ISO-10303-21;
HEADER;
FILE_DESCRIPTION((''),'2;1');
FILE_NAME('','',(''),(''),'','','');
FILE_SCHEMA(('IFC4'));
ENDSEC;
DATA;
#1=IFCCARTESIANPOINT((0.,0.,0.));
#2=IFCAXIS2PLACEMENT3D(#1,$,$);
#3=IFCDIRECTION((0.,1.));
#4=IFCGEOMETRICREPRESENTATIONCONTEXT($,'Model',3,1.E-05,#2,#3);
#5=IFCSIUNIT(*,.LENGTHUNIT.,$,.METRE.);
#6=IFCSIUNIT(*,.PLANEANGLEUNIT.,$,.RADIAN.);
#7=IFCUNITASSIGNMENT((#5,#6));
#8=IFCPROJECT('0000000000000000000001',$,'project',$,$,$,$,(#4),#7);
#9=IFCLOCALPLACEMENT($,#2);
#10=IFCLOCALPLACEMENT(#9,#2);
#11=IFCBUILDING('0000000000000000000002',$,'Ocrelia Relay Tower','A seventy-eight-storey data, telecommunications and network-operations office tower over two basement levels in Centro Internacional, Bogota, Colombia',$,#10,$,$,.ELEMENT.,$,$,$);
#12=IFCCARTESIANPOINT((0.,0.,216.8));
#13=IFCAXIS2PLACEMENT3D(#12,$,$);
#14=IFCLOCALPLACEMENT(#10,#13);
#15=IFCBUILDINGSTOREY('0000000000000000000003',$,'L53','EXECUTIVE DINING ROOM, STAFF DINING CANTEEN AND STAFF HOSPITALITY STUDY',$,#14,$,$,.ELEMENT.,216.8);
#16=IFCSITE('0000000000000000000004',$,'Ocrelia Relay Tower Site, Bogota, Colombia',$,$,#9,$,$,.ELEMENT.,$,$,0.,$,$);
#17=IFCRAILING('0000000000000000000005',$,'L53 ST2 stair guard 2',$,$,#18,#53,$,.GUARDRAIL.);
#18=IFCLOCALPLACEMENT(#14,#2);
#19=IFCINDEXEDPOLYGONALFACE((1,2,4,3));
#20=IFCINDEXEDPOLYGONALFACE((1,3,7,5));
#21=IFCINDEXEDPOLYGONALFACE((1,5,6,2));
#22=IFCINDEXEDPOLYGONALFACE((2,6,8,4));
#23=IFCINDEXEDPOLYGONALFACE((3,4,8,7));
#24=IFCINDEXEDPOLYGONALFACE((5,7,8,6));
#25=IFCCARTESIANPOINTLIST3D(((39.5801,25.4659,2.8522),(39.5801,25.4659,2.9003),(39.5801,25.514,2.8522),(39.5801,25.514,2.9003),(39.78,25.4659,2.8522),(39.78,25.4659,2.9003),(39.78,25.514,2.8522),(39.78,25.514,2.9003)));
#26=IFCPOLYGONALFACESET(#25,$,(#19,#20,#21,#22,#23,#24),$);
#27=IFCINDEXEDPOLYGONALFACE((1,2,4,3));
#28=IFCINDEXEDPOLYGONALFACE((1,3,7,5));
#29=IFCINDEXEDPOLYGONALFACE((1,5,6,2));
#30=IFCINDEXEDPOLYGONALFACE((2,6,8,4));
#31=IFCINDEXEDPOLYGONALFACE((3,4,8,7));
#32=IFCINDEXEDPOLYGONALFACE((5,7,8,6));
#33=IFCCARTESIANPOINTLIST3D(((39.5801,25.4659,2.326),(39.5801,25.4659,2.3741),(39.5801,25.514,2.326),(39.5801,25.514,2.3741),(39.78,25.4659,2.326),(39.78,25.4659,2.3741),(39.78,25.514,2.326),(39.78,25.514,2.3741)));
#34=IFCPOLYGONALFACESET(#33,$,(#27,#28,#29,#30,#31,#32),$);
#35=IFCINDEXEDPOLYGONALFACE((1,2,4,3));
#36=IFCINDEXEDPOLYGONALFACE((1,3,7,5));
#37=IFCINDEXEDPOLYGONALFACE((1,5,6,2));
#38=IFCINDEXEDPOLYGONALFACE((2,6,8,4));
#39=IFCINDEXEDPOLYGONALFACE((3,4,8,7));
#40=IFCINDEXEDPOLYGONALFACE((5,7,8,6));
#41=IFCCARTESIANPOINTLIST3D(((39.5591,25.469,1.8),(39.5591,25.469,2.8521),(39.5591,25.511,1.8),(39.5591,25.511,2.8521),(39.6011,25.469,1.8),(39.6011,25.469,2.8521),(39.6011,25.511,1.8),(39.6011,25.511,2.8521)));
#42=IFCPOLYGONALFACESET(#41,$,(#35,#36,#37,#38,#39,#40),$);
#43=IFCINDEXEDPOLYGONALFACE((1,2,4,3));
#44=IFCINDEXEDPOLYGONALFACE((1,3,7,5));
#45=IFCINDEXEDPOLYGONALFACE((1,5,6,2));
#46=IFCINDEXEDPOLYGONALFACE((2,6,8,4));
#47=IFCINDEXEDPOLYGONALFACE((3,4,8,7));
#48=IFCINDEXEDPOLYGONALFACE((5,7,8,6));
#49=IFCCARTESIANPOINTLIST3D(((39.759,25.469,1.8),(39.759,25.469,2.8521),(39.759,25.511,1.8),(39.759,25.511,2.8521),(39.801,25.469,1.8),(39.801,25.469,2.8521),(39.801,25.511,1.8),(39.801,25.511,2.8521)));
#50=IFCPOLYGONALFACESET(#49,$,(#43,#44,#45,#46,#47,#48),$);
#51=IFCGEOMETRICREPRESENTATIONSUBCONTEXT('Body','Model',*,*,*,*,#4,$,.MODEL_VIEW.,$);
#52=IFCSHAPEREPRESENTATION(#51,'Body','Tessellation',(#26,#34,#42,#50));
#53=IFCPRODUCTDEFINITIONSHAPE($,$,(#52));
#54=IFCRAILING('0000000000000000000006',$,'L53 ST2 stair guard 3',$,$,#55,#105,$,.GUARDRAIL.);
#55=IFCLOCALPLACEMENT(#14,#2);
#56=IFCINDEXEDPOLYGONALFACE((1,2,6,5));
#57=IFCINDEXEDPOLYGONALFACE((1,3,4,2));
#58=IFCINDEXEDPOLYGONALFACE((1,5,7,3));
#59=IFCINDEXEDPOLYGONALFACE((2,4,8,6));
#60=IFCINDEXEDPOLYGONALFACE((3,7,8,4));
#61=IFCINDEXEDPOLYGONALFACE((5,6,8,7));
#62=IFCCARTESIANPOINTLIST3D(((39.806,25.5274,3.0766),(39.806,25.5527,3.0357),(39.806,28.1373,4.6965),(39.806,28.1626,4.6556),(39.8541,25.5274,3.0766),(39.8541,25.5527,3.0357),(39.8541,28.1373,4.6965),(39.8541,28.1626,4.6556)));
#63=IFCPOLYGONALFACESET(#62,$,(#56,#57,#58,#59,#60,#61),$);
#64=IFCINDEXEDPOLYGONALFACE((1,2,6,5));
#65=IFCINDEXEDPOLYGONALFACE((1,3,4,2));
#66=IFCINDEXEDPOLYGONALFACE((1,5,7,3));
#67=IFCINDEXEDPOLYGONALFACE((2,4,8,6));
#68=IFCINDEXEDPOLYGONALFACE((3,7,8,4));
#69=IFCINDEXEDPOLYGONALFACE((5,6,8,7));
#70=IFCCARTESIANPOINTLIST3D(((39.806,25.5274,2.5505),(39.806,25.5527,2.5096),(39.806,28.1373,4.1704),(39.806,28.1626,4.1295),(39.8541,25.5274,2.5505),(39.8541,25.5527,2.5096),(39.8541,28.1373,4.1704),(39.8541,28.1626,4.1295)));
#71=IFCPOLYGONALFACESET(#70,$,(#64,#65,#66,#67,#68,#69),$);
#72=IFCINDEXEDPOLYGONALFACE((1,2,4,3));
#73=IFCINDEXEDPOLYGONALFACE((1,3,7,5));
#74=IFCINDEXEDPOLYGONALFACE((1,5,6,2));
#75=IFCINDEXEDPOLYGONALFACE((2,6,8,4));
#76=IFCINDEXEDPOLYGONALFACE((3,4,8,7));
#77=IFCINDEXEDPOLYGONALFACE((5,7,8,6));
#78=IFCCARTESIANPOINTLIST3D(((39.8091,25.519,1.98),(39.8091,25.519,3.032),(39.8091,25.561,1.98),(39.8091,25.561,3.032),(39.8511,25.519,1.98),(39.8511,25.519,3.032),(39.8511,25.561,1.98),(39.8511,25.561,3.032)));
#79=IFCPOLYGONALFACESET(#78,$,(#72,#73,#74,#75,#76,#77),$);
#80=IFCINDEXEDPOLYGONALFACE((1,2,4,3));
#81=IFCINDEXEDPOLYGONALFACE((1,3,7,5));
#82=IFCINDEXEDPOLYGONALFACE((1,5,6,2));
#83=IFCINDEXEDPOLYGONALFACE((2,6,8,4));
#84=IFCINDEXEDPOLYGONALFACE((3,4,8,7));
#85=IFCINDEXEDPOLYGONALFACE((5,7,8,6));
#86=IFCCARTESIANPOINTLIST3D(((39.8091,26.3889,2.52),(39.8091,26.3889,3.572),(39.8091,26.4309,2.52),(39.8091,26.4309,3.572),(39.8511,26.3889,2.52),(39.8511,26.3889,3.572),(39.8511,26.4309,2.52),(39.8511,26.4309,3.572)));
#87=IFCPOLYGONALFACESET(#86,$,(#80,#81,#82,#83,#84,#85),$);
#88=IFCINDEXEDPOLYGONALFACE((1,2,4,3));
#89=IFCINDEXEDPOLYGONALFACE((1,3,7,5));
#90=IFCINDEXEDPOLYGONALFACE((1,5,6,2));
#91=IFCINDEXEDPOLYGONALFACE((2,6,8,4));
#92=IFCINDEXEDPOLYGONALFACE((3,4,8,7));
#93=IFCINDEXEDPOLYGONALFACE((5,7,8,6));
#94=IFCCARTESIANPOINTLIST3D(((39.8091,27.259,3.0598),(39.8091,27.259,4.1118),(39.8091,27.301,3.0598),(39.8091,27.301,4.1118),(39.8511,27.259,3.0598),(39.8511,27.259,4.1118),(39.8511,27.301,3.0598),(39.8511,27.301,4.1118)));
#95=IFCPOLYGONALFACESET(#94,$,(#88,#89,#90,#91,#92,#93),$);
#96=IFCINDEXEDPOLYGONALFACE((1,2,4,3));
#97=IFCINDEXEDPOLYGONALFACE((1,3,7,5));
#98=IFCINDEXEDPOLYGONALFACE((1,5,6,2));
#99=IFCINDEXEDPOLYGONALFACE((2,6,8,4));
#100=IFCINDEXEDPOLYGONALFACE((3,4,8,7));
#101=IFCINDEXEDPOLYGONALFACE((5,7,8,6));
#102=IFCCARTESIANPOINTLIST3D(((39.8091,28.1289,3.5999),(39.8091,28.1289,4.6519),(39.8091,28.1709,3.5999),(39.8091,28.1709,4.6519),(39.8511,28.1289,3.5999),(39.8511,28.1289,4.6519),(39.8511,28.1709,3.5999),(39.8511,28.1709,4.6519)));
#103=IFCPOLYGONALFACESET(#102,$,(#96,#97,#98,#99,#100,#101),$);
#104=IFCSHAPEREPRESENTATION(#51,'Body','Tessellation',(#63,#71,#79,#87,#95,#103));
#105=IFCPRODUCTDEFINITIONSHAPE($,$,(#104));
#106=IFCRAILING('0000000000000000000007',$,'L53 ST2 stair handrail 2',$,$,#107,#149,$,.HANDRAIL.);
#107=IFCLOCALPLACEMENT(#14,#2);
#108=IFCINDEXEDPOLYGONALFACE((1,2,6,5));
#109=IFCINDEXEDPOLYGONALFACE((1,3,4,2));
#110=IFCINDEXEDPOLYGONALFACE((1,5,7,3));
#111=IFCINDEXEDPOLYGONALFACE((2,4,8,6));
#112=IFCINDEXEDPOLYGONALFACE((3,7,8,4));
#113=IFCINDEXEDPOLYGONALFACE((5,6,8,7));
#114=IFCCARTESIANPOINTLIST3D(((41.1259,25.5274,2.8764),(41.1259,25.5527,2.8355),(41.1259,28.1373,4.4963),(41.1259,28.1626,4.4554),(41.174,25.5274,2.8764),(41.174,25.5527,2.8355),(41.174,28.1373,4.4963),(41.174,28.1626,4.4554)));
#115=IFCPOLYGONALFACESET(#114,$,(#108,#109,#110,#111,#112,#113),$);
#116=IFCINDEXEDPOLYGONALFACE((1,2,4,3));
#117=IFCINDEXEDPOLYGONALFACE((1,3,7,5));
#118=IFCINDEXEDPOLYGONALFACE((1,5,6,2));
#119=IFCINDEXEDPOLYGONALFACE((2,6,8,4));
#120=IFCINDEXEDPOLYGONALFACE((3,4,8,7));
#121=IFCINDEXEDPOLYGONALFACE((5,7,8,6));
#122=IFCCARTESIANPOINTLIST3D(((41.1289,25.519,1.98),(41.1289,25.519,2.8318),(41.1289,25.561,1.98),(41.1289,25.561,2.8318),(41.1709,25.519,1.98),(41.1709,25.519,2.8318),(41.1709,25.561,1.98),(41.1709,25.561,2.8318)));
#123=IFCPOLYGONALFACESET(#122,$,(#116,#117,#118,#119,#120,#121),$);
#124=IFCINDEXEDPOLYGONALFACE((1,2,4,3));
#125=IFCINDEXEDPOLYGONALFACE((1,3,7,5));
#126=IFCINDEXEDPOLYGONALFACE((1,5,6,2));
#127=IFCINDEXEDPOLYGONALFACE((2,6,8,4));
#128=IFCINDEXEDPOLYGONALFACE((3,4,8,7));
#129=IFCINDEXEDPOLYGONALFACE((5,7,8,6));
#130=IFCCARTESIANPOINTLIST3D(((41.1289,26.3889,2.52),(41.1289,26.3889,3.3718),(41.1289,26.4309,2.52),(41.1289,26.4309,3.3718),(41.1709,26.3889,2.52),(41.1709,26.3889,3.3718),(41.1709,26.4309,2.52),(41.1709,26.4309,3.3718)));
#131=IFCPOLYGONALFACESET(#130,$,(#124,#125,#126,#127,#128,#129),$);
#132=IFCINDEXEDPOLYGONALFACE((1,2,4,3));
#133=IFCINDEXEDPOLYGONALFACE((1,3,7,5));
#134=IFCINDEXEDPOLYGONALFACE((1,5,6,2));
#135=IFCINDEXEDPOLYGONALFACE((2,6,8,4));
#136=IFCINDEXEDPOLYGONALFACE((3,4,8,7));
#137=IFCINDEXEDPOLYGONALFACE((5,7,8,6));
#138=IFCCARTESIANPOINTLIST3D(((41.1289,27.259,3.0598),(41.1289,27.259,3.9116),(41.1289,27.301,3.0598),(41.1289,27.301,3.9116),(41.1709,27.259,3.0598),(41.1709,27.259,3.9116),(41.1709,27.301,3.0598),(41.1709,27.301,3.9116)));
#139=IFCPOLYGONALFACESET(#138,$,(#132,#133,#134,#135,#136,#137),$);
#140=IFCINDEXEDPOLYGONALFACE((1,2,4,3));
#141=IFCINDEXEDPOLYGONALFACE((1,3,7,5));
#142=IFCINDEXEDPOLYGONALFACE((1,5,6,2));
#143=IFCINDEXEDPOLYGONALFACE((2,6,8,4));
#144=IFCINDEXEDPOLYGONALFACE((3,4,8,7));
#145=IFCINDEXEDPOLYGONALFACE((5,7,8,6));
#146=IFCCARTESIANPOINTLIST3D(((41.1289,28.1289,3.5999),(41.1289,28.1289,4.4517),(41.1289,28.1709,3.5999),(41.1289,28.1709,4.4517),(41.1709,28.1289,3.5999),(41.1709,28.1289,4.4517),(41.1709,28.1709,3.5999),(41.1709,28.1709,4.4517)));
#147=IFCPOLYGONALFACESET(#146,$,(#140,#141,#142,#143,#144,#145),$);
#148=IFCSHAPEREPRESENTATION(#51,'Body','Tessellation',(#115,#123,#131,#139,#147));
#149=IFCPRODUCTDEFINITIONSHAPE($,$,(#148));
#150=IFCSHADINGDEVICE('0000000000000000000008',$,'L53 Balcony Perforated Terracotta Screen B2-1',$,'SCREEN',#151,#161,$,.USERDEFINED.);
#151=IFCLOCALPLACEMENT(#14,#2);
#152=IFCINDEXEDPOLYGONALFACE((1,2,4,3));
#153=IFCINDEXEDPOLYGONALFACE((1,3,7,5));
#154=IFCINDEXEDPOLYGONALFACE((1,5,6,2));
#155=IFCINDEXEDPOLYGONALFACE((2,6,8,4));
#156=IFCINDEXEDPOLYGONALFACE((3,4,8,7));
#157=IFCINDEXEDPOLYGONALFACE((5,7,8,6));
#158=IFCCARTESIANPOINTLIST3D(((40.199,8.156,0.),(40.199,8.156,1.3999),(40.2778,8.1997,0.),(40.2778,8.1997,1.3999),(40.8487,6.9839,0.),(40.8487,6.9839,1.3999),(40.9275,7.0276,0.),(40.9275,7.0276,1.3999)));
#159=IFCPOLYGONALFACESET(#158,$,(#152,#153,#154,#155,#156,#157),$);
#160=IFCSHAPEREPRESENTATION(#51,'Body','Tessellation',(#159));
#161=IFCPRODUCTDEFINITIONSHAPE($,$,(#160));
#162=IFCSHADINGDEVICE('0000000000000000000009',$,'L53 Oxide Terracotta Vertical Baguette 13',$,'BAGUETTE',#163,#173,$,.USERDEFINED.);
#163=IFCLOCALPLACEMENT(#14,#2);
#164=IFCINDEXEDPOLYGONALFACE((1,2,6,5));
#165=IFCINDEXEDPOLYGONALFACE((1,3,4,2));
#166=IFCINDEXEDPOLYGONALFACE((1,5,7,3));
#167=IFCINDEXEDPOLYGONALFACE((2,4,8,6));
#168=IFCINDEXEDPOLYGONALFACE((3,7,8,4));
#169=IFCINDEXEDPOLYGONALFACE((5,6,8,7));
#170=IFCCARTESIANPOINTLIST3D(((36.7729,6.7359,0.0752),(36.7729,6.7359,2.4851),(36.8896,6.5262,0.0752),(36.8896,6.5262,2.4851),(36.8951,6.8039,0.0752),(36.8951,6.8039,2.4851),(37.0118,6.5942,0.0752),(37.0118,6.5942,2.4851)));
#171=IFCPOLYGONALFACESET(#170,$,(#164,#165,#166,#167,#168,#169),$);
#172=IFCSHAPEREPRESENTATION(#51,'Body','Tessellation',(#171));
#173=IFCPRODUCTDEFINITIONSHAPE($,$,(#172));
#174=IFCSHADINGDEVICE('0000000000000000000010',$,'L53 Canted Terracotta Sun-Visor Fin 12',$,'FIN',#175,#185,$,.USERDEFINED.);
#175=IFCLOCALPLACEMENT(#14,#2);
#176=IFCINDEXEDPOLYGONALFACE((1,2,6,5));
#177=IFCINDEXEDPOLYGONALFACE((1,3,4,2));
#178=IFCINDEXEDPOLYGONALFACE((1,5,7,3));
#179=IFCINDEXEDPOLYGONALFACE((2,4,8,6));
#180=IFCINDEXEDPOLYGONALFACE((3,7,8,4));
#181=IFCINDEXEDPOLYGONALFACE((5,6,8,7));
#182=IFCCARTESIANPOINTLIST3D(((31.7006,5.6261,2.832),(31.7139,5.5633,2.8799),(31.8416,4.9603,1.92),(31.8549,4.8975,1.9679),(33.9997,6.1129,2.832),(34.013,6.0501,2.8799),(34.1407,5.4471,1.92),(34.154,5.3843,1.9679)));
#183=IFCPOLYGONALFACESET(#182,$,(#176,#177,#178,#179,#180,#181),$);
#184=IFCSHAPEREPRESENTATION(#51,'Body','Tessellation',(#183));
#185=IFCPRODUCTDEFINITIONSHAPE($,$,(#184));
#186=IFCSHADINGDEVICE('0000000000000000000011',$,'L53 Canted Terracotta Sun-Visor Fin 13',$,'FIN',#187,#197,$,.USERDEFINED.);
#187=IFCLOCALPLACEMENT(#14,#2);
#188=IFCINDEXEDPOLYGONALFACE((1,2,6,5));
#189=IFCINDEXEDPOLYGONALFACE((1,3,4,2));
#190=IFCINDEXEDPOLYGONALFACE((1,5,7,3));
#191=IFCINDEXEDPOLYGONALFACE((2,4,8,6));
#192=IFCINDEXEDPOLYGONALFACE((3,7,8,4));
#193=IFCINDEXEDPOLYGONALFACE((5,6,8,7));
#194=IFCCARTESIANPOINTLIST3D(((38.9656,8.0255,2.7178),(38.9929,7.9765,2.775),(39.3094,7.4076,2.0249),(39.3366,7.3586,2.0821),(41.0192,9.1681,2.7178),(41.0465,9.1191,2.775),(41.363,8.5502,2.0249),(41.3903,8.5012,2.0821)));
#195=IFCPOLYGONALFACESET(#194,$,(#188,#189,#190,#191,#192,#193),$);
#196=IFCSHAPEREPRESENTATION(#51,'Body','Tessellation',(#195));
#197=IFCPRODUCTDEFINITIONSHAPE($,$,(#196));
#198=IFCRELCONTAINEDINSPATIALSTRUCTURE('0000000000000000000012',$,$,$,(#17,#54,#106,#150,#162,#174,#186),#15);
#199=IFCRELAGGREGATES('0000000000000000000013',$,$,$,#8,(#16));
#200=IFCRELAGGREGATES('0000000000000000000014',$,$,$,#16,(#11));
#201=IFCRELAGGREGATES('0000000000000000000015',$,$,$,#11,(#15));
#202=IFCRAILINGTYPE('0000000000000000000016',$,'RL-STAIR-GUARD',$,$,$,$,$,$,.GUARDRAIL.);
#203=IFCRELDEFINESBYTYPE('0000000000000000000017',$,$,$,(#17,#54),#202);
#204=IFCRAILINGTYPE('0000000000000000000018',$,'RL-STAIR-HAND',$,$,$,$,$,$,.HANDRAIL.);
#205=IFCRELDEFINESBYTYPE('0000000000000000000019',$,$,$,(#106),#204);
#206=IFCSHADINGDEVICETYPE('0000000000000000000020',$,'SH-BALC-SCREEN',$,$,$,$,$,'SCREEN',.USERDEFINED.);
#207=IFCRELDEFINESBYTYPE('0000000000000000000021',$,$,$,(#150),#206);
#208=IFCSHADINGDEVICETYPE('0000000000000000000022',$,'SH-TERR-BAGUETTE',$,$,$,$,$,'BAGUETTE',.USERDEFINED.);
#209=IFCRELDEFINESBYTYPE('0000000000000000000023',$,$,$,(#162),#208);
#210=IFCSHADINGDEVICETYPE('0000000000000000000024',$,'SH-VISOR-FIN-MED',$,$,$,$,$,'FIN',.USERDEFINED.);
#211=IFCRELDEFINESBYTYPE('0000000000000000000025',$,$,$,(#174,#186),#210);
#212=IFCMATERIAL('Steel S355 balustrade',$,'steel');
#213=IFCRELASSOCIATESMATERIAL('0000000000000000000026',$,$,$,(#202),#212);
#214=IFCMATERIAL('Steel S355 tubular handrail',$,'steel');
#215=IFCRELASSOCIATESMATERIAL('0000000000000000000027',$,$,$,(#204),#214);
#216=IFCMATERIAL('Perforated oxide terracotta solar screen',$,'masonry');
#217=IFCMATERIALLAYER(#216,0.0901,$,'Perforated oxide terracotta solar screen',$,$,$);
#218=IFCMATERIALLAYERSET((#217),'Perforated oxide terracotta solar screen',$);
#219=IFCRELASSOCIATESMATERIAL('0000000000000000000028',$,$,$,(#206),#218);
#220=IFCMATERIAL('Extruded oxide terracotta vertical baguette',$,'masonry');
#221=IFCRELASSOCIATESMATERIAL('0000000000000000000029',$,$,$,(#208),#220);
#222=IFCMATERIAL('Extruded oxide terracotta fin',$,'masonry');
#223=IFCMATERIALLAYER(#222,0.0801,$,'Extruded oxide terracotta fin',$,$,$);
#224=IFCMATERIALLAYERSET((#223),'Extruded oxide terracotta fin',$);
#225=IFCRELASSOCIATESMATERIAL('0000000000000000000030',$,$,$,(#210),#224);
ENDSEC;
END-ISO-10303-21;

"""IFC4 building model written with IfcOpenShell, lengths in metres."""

from ifc_helpers import new_model, si_unit, direction, frame, origin, origin_2d, place, context, subcontext, project, spatial, rectangle, extrude, material, layer, layer_set, type_object, element, save


model = new_model("IFC4")

# Units and contexts
model_context = context("Model", 3, precision=1e-05, world=origin(), true_north=direction((0.0, 1.0)))
body_context = subcontext(model_context, "Body", "Model", "MODEL_VIEW")
ifc_project = project(units=[si_unit("LENGTHUNIT", "METRE"), si_unit("PLANEANGLEUNIT", "RADIAN")], contexts=[model_context])

# Site, building, storey
site_placement = place(None, origin())
site = spatial("IfcSite", under=ifc_project, at=site_placement, Name="Ocrelia Relay Tower Site, Bogota, Colombia", CompositionType="ELEMENT", RefElevation=0.0)
building_placement = place(site_placement, origin())
building = spatial("IfcBuilding", under=site, at=building_placement, Name="Ocrelia Relay Tower", Description="A seventy-eight-storey data, telecommunications and network-operations office tower over two basement levels in Centro Internacional, Bogota, Colombia", CompositionType="ELEMENT")
storey_placement = place(building_placement, frame((0.0, 0.0, 216.8)))
storey = spatial("IfcBuildingStorey", under=building, at=storey_placement, Name="L53", Description="EXECUTIVE DINING ROOM, STAFF DINING CANTEEN AND STAFF HOSPITALITY STUDY", CompositionType="ELEMENT", Elevation=216.8)

# Railings
ifc_material_1 = material(Name="Steel S355 balustrade", Category="steel")
railing_type_1 = type_object("IfcRailingType", Name="RL-STAIR-GUARD", PredefinedType="GUARDRAIL", material=ifc_material_1)
railing_1_placement = place(storey_placement, frame((39.5801, 25.49, 1.8)))
element("IfcRailing", 1, at=railing_1_placement, inside=storey, type_object=railing_type_1, Name="L53 ST2 stair guard 2", PredefinedType="GUARDRAIL", context=body_context, shape_type="SweptSolid", body=[
    extrude(rectangle(XDim=0.0481, YDim=0.0481, at=origin_2d()), frame((0.0, 0.0, 1.0762), z_axis=(1.0, 0.0, 0.0), x_axis=(0.0, 1.0, 0.0)), (0.0, 0.0, 1.0), 0.2),
    extrude(rectangle(XDim=0.0481, YDim=0.0481, at=origin_2d()), frame((0.0, 0.0, 0.55), z_axis=(1.0, 0.0, 0.0), x_axis=(0.0, 1.0, 0.0)), (0.0, 0.0, 1.0), 0.2),
    extrude(rectangle(XDim=0.042, YDim=0.042, at=origin_2d()), origin(), (0.0, 0.0, 1.0), 1.052),
    extrude(rectangle(XDim=0.042, YDim=0.042, at=origin_2d()), frame((0.2, 0.0, 0.0)), (0.0, 0.0, 1.0), 1.052),
])
railing_2_placement = place(storey_placement, frame((39.8301, 25.54, 1.98)))
element("IfcRailing", 2, at=railing_2_placement, inside=storey, type_object=railing_type_1, Name="L53 ST2 stair guard 3", PredefinedType="GUARDRAIL", context=body_context, shape_type="SweptSolid", body=[
    extrude(rectangle(XDim=0.0481, YDim=0.0481, at=origin_2d()), frame((0.0, 0.0, 1.0762), z_axis=(0.0, 0.849646, 0.527353), x_axis=(-1.0, 0.0, 0.0)), (0.0, 0.0, 1.0), 3.0718),
    extrude(rectangle(XDim=0.0481, YDim=0.0481, at=origin_2d()), frame((0.0, 0.0, 0.55), z_axis=(0.0, 0.849646, 0.527353), x_axis=(-1.0, 0.0, 0.0)), (0.0, 0.0, 1.0), 3.0718),
    extrude(rectangle(XDim=0.042, YDim=0.042, at=origin_2d()), origin(), (0.0, 0.0, 1.0), 1.052),
    extrude(rectangle(XDim=0.042, YDim=0.042, at=origin_2d()), frame((0.0, 0.8699, 0.54)), (0.0, 0.0, 1.0), 1.052),
    extrude(rectangle(XDim=0.042, YDim=0.042, at=origin_2d()), frame((0.0, 1.74, 1.0798)), (0.0, 0.0, 1.0), 1.052),
    extrude(rectangle(XDim=0.042, YDim=0.042, at=origin_2d()), frame((0.0, 2.6099, 1.6199)), (0.0, 0.0, 1.0), 1.052),
])
ifc_material_2 = material(Name="Steel S355 tubular handrail", Category="steel")
railing_type_2 = type_object("IfcRailingType", Name="RL-STAIR-HAND", PredefinedType="HANDRAIL", material=ifc_material_2)
railing_3_placement = place(storey_placement, frame((41.1499, 25.54, 1.98)))
element("IfcRailing", 3, at=railing_3_placement, inside=storey, type_object=railing_type_2, Name="L53 ST2 stair handrail 2", PredefinedType="HANDRAIL", context=body_context, shape_type="SweptSolid", body=[
    extrude(rectangle(XDim=0.0481, YDim=0.0481, at=origin_2d()), frame((0.0, 0.0, 0.876), z_axis=(0.0, 0.849646, 0.527353), x_axis=(-1.0, 0.0, 0.0)), (0.0, 0.0, 1.0), 3.0718),
    extrude(rectangle(XDim=0.042, YDim=0.042, at=origin_2d()), origin(), (0.0, 0.0, 1.0), 0.8518),
    extrude(rectangle(XDim=0.042, YDim=0.042, at=origin_2d()), frame((0.0, 0.8699, 0.54)), (0.0, 0.0, 1.0), 0.8518),
    extrude(rectangle(XDim=0.042, YDim=0.042, at=origin_2d()), frame((0.0, 1.74, 1.0798)), (0.0, 0.0, 1.0), 0.8518),
    extrude(rectangle(XDim=0.042, YDim=0.042, at=origin_2d()), frame((0.0, 2.6099, 1.6199)), (0.0, 0.0, 1.0), 0.8518),
])

# Shading devices
ifc_material_3 = material(Name="Perforated oxide terracotta solar screen", Category="masonry")
ifc_layer_1 = layer(ifc_material_3, 0.0901, Name="Perforated oxide terracotta solar screen")
ifc_layer_set_1 = layer_set([ifc_layer_1], Name="Perforated oxide terracotta solar screen")
shading_device_type_1 = type_object("IfcShadingDeviceType", Name="SH-BALC-SCREEN", ElementType="SCREEN", PredefinedType="USERDEFINED", material=ifc_layer_set_1)
shading_device_1_placement = place(storey_placement, frame((40.5632, 7.5918, 0.0), z_axis=(0.0, 0.0, 1.0), x_axis=(0.484845, -0.8746, 0.0)))
element("IfcShadingDevice", 4, at=shading_device_1_placement, inside=storey, type_object=shading_device_type_1, Name="L53 Balcony Perforated Terracotta Screen B2-1", ObjectType="SCREEN", PredefinedType="USERDEFINED", context=body_context, shape_type="SweptSolid", body=[
    extrude(rectangle(XDim=1.3401, YDim=0.0901, at=origin_2d()), origin(), (0.0, 0.0, 1.0), 1.3999),
])
ifc_material_4 = material(Name="Extruded oxide terracotta vertical baguette", Category="masonry")
shading_device_type_2 = type_object("IfcShadingDeviceType", Name="SH-TERR-BAGUETTE", ElementType="BAGUETTE", PredefinedType="USERDEFINED", material=ifc_material_4)
shading_device_2_placement = place(storey_placement, frame((36.8923, 6.665, 0.0752), z_axis=(0.0, 0.0, 1.0), x_axis=(0.873843, 0.486208, 0.0)))
element("IfcShadingDevice", 5, at=shading_device_2_placement, inside=storey, type_object=shading_device_type_2, Name="L53 Oxide Terracotta Vertical Baguette 13", ObjectType="BAGUETTE", PredefinedType="USERDEFINED", context=body_context, shape_type="SweptSolid", body=[
    extrude(rectangle(XDim=0.1399, YDim=0.24, at=origin_2d()), origin(), (0.0, 0.0, 1.0), 2.4099),
])
ifc_material_5 = material(Name="Extruded oxide terracotta fin", Category="masonry")
ifc_layer_2 = layer(ifc_material_5, 0.0801, Name="Extruded oxide terracotta fin")
ifc_layer_set_2 = layer_set([ifc_layer_2], Name="Extruded oxide terracotta fin")
shading_device_type_3 = type_object("IfcShadingDeviceType", Name="SH-VISOR-FIN-MED", ElementType="FIN", PredefinedType="USERDEFINED", material=ifc_layer_set_2)
shading_device_3_placement = place(storey_placement, frame((32.9207, 5.5366, 2.376), z_axis=(0.166012, -0.784081, 0.598045), x_axis=(0.978312, 0.207136, 0.0)))
element("IfcShadingDevice", 6, at=shading_device_3_placement, inside=storey, type_object=shading_device_type_3, Name="L53 Canted Terracotta Sun-Visor Fin 12", ObjectType="FIN", PredefinedType="USERDEFINED", context=body_context, shape_type="SweptSolid", body=[
    extrude(rectangle(XDim=2.3501, YDim=1.1379, at=origin_2d()), origin(), (0.0, 0.0, 1.0), 0.0801),
])
shading_device_4_placement = place(storey_placement, frame((40.1643, 8.2878, 2.3713), z_axis=(0.340303, -0.611614, 0.714228), x_axis=(0.873843, 0.486208, 0.0)))
element("IfcShadingDevice", 7, at=shading_device_4_placement, inside=storey, type_object=shading_device_type_3, Name="L53 Canted Terracotta Sun-Visor Fin 13", ObjectType="FIN", PredefinedType="USERDEFINED", context=body_context, shape_type="SweptSolid", body=[
    extrude(rectangle(XDim=2.3501, YDim=0.99, at=origin_2d()), origin(), (0.0, 0.0, 1.0), 0.0801),
])

save(model, "model.ifc")
